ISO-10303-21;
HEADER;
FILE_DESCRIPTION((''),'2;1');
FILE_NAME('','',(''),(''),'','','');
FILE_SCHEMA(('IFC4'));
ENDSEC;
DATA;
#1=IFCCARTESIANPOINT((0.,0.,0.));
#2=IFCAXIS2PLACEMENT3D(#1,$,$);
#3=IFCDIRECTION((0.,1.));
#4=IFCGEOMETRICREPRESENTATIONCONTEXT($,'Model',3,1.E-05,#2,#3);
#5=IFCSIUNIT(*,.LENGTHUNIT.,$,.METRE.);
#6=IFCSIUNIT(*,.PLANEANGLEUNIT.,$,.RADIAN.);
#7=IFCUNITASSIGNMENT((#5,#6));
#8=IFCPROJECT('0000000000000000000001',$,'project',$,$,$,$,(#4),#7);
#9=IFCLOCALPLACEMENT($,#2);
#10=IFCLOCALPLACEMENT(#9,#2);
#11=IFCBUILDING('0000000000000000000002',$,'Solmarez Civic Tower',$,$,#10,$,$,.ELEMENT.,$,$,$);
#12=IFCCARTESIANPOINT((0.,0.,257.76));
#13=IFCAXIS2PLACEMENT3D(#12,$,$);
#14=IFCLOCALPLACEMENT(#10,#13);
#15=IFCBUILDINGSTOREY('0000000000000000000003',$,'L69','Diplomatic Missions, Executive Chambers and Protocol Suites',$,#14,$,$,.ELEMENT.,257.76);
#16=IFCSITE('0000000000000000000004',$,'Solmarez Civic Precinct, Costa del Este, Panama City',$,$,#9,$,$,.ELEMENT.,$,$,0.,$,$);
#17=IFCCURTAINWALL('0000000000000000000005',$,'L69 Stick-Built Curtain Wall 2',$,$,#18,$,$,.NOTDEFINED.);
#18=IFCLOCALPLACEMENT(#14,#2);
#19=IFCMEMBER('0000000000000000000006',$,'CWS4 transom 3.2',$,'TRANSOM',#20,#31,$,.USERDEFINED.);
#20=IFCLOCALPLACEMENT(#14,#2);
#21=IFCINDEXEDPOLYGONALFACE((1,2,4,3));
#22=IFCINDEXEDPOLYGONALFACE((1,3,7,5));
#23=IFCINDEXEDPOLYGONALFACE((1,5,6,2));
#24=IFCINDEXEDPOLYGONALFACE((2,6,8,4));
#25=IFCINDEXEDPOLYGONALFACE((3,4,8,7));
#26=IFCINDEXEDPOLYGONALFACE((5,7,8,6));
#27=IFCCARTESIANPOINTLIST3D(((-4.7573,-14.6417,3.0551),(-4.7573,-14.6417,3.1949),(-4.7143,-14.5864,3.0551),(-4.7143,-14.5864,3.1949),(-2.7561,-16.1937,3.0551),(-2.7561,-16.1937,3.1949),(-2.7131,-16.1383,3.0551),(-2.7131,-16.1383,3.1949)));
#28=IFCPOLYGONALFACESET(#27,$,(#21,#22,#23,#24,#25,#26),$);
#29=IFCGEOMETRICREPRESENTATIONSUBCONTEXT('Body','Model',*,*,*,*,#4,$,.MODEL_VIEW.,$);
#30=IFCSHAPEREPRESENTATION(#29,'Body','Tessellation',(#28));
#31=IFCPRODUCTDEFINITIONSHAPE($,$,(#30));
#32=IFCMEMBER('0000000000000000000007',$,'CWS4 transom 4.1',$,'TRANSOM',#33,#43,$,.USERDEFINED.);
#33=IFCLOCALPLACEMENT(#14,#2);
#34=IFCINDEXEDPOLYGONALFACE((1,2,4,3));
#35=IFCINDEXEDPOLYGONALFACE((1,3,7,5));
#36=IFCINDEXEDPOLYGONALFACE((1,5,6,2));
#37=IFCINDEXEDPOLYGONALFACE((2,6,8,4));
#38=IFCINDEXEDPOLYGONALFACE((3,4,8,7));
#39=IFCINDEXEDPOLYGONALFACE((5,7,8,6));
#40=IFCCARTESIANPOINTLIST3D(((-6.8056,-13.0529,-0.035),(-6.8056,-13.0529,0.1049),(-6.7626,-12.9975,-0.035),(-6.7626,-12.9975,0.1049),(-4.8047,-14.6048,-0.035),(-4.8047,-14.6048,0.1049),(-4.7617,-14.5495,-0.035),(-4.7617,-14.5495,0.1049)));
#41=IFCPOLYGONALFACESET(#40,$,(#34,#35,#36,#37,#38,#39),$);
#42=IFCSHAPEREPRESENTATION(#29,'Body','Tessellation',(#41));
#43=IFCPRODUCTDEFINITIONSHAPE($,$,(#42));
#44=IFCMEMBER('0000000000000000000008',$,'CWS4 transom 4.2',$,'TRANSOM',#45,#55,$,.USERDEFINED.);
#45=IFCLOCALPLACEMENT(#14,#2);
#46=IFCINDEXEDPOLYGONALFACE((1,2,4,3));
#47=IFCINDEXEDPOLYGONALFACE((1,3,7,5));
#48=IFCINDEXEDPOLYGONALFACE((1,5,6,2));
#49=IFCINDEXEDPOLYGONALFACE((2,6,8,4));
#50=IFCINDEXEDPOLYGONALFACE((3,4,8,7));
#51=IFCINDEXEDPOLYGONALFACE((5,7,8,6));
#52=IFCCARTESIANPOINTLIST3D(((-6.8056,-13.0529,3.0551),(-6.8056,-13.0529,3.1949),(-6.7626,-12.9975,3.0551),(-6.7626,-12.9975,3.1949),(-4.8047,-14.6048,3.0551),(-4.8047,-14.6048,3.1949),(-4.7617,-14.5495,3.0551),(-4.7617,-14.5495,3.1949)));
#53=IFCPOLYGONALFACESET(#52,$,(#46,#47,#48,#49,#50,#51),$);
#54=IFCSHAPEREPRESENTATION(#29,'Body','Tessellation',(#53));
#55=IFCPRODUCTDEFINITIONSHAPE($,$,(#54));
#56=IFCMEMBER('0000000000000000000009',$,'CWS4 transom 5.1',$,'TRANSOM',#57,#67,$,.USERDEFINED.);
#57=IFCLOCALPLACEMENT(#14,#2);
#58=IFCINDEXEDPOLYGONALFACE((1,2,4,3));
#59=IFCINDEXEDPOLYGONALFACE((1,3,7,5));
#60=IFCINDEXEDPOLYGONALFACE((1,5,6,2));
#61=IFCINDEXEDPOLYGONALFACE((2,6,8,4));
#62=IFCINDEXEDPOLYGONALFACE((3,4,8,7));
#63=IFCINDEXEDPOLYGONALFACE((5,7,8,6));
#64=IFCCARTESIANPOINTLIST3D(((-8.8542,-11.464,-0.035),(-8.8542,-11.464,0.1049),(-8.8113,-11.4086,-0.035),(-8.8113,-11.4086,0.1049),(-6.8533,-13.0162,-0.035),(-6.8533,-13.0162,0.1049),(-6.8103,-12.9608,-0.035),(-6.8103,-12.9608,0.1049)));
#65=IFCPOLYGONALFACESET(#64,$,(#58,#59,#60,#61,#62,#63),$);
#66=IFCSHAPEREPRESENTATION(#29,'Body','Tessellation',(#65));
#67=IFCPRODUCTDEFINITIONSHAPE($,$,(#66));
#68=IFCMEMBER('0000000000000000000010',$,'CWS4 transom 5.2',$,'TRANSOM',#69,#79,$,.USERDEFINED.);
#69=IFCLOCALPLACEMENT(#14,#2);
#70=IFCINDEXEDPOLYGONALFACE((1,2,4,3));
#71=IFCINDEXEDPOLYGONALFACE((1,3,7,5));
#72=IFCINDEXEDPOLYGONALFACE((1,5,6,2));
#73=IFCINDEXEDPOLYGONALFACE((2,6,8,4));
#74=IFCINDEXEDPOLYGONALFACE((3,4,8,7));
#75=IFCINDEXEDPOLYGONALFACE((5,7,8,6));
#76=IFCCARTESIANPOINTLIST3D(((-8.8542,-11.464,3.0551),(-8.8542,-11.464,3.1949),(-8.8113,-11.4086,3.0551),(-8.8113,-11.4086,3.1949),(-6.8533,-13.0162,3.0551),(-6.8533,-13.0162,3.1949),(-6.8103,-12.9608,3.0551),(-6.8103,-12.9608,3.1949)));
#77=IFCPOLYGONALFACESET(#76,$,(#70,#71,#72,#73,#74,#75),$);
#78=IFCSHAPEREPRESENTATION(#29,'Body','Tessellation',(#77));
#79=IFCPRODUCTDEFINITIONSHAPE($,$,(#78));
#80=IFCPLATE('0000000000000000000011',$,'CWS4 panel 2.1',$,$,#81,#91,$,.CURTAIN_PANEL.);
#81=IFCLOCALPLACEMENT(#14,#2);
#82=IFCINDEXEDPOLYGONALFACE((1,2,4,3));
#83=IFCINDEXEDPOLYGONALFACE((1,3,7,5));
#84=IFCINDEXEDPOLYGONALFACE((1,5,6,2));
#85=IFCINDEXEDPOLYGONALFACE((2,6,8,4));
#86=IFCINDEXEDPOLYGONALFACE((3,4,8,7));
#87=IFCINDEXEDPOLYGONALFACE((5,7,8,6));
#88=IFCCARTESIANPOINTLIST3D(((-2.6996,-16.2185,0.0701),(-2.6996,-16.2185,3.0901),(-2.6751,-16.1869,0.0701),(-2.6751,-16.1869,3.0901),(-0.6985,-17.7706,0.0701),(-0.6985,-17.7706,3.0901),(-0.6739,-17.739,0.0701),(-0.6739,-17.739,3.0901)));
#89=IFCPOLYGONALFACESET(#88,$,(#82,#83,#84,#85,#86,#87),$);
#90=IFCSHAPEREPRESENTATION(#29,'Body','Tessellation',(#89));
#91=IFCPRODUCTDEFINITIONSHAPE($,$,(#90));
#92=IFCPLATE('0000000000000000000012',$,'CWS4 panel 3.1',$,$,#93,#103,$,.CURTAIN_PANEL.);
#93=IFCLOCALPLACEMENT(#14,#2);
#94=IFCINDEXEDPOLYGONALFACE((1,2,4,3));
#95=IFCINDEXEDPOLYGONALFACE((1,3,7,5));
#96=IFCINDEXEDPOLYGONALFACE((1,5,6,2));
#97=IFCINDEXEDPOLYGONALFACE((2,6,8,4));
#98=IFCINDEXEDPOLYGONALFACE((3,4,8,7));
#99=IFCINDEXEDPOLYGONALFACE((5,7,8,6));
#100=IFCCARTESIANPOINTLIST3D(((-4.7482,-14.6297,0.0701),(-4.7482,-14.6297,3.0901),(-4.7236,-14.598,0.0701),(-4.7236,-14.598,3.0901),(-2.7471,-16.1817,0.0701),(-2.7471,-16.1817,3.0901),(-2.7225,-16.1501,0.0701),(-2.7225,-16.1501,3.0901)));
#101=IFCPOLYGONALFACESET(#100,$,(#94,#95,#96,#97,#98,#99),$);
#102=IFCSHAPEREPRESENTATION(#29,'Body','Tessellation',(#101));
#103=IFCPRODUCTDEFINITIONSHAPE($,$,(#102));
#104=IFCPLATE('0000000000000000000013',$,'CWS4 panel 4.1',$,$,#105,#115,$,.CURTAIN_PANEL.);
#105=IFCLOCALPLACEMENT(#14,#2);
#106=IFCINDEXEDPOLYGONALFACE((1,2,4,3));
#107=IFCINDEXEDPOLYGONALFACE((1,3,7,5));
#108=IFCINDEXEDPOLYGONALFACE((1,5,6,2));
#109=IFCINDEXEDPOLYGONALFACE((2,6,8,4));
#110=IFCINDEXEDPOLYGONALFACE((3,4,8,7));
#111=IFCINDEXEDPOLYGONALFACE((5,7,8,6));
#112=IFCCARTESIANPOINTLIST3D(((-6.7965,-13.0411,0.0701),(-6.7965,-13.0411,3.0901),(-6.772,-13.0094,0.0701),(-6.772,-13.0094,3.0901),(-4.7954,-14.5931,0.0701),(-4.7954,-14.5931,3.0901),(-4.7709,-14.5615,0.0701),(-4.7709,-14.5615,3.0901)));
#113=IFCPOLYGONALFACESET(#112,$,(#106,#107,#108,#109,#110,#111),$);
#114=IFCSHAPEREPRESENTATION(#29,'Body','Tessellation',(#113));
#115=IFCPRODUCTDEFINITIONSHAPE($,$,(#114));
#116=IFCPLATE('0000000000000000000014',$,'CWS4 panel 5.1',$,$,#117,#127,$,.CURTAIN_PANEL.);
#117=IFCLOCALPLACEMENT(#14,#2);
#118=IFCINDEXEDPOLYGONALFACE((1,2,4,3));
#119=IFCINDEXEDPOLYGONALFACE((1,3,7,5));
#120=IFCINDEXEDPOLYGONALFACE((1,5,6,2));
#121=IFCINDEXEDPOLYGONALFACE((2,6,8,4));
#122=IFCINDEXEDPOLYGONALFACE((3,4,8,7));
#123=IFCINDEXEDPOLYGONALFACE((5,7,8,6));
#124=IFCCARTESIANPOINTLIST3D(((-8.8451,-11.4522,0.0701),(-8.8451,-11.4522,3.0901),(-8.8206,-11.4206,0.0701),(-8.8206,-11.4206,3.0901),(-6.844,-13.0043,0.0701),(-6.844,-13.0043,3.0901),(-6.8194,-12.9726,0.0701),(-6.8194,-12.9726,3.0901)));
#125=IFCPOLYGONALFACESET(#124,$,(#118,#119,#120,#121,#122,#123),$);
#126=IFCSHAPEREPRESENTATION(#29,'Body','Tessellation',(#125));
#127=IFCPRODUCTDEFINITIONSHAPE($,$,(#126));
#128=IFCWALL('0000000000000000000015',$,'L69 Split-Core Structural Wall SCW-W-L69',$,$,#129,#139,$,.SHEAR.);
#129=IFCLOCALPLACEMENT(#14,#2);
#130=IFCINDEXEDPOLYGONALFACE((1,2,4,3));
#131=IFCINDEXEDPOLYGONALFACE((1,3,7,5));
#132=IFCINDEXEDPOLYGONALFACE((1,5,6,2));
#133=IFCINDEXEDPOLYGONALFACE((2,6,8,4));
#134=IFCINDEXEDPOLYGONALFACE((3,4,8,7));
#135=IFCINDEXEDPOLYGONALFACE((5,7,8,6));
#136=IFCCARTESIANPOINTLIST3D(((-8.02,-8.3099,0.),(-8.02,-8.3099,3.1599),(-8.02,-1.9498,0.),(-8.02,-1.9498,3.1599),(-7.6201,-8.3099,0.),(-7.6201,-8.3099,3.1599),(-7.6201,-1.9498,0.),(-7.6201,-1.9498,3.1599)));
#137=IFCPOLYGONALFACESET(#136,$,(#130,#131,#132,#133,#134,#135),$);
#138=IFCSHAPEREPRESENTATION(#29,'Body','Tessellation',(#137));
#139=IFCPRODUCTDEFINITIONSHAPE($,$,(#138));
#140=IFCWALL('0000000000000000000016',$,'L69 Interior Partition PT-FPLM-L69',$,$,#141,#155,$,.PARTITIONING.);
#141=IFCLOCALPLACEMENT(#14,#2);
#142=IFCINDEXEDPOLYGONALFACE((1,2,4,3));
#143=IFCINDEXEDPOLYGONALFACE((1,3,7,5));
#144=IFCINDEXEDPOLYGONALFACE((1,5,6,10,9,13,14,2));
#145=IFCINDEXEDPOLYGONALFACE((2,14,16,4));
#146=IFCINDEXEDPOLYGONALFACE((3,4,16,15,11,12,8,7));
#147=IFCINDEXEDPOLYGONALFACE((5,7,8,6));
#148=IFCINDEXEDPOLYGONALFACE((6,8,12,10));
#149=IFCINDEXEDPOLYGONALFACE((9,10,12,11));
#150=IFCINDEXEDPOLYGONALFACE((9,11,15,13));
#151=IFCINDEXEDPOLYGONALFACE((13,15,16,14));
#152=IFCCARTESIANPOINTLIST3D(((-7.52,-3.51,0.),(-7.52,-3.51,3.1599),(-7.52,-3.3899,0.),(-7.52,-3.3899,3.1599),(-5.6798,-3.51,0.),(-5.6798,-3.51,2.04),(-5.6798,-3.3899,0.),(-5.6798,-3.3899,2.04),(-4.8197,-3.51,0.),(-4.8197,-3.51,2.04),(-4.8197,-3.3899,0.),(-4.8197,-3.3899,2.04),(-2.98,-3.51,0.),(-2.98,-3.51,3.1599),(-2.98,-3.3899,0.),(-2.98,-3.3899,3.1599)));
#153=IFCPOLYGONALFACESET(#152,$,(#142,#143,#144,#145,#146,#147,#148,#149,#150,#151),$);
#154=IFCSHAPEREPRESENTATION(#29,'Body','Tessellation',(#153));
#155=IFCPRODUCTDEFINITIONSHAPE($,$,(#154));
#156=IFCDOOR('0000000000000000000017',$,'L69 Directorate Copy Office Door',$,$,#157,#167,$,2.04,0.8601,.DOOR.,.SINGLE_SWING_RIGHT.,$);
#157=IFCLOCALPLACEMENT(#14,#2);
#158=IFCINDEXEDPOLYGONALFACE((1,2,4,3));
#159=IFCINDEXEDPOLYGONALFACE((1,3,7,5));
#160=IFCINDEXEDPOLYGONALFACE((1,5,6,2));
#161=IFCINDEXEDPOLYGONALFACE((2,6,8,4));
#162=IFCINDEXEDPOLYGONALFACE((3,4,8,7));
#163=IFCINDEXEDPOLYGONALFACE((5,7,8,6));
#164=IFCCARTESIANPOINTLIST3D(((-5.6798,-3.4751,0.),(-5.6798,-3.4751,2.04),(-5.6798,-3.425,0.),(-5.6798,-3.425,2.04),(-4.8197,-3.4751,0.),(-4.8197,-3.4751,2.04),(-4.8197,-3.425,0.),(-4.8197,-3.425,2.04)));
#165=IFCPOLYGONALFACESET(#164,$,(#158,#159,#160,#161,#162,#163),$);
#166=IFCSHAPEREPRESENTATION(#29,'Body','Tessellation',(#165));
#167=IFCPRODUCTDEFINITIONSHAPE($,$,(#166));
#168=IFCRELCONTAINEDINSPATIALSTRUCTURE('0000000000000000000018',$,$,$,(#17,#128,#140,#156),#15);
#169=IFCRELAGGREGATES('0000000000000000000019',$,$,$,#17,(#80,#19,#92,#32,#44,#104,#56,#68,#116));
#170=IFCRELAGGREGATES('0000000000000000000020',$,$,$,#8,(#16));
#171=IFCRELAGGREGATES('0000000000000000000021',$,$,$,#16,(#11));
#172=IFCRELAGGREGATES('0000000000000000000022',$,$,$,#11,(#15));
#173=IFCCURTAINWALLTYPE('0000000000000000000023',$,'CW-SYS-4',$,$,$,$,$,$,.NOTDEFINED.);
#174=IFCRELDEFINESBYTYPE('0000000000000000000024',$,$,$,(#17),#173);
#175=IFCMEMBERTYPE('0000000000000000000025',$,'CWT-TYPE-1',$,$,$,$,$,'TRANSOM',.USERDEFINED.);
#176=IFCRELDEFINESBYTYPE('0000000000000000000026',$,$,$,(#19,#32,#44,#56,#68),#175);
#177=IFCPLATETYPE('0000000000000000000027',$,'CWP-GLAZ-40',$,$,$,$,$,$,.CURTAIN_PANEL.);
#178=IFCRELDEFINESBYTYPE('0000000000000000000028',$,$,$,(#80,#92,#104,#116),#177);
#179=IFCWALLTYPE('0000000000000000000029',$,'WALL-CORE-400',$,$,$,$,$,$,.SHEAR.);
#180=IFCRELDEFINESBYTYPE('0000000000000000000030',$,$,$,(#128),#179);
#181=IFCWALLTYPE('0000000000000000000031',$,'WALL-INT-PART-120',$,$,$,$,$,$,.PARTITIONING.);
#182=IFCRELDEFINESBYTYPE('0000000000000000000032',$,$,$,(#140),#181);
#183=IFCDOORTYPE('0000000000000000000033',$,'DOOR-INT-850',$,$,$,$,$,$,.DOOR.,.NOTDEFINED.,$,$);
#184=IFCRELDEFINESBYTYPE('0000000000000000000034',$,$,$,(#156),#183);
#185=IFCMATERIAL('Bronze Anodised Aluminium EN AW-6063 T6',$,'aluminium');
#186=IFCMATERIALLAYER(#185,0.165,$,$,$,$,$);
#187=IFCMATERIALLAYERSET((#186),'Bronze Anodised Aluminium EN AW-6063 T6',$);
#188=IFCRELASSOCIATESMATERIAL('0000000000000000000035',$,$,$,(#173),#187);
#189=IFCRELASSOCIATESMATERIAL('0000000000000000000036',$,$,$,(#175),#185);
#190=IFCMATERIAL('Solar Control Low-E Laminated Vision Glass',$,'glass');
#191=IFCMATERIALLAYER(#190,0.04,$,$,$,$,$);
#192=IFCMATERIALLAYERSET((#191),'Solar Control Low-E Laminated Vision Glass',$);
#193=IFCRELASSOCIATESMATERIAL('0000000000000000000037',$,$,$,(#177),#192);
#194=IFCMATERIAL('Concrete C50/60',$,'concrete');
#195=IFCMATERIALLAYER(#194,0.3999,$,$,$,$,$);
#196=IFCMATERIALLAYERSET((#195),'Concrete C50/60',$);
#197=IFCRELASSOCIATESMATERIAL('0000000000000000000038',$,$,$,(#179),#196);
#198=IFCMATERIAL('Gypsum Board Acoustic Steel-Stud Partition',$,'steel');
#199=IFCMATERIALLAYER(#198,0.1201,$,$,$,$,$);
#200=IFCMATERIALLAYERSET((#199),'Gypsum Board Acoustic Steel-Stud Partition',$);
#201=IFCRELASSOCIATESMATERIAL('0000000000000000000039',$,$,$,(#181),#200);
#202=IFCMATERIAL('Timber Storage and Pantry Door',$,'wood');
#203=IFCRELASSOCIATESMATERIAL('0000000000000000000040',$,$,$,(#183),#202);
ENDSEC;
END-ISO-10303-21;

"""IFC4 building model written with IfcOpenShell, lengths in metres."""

from ifc_helpers import new_model, si_unit, direction, frame, frame_2d, origin, origin_2d, place, context, subcontext, project, spatial, rectangle, extrude, material, layer, layer_set, material_profile, profile_set, type_object, element, fill, aggregate, save


model = new_model("IFC4")

# Units and contexts
model_context = context("Model", 3, precision=1e-05, world=origin(), true_north=direction((0.0, 1.0)))
body_context = subcontext(model_context, "Body", "Model", "MODEL_VIEW")
ifc_project = project(units=[si_unit("LENGTHUNIT", "METRE"), si_unit("PLANEANGLEUNIT", "RADIAN")], contexts=[model_context])

# Site, building, storey
site_placement = place(None, origin())
site = spatial("IfcSite", under=ifc_project, at=site_placement, Name="Solmarez Civic Precinct, Costa del Este, Panama City", CompositionType="ELEMENT", RefElevation=0.0)
building_placement = place(site_placement, origin())
building = spatial("IfcBuilding", under=site, at=building_placement, Name="Solmarez Civic Tower", CompositionType="ELEMENT")
storey_placement = place(building_placement, frame((0.0, 0.0, 257.76)))
storey = spatial("IfcBuildingStorey", under=building, at=storey_placement, Name="L69", Description="Diplomatic Missions, Executive Chambers and Protocol Suites", CompositionType="ELEMENT", Elevation=257.76)

# Shared definitions
ifc_material_1 = material(Name="Concrete C50/60", Category="concrete")

# Curtain wall, members, plates
ifc_material_2 = material(Name="Bronze Anodised Aluminium EN AW-6063 T6", Category="aluminium")
ifc_layer_1 = layer(ifc_material_2, 0.165)
ifc_layer_set_1 = layer_set([ifc_layer_1], Name="Bronze Anodised Aluminium EN AW-6063 T6")
curtain_wall_type = type_object("IfcCurtainWallType", Name="CW-SYS-4", PredefinedType="NOTDEFINED", material=ifc_layer_set_1)
curtain_wall_placement = place(storey_placement, origin())
curtain_wall = element("IfcCurtainWall", 1, at=curtain_wall_placement, inside=storey, type_object=curtain_wall_type, Name="L69 Stick-Built Curtain Wall 2", PredefinedType="NOTDEFINED")
ifc_material_profile_1 = material_profile(ifc_material_2, rectangle(XDim=0.0701, YDim=0.1399, at=origin_2d()), Name="CWT-70X140")
ifc_profile_set_1 = profile_set([ifc_material_profile_1], Name="Bronze Anodised Aluminium EN AW-6063 T6")
member_type_1 = type_object("IfcMemberType", Name="CWT-TYPE-1", ElementType="TRANSOM", PredefinedType="USERDEFINED", material=ifc_profile_set_1)
member_1_placement = place(storey_placement, frame((-2.7346, -16.166, 3.125), z_axis=(-0.790213, 0.612832, 0.0), x_axis=(-0.612832, -0.790213, 0.0)))
member_1 = element("IfcMember", 2, at=member_1_placement, type_object=member_type_1, Name="CWS4 transom 3.2", ObjectType="TRANSOM", PredefinedType="USERDEFINED", context=body_context, shape_type="SweptSolid", body=[
    extrude(rectangle(XDim=0.0701, YDim=0.1399, at=origin_2d()), origin(), (0.0, 0.0, 1.0), 2.5325),
])
member_2_placement = place(storey_placement, frame((-4.7832, -14.5771, 0.0349), z_axis=(-0.790177, 0.612879, 0.0), x_axis=(-0.612879, -0.790177, 0.0)))
member_2 = element("IfcMember", 3, at=member_2_placement, type_object=member_type_1, Name="CWS4 transom 4.1", ObjectType="TRANSOM", PredefinedType="USERDEFINED", context=body_context, shape_type="SweptSolid", body=[
    extrude(rectangle(XDim=0.0701, YDim=0.1399, at=origin_2d()), origin(), (0.0, 0.0, 1.0), 2.5322),
])
member_3_placement = place(storey_placement, frame((-4.7832, -14.5771, 3.125), z_axis=(-0.790177, 0.612879, 0.0), x_axis=(-0.612879, -0.790177, 0.0)))
member_3 = element("IfcMember", 4, at=member_3_placement, type_object=member_type_1, Name="CWS4 transom 4.2", ObjectType="TRANSOM", PredefinedType="USERDEFINED", context=body_context, shape_type="SweptSolid", body=[
    extrude(rectangle(XDim=0.0701, YDim=0.1399, at=origin_2d()), origin(), (0.0, 0.0, 1.0), 2.5322),
])
member_4_placement = place(storey_placement, frame((-6.8318, -12.9885, 0.0349), z_axis=(-0.79013, 0.612939, 0.0), x_axis=(-0.612939, -0.79013, 0.0)))
member_4 = element("IfcMember", 5, at=member_4_placement, type_object=member_type_1, Name="CWS4 transom 5.1", ObjectType="TRANSOM", PredefinedType="USERDEFINED", context=body_context, shape_type="SweptSolid", body=[
    extrude(rectangle(XDim=0.0701, YDim=0.1399, at=origin_2d()), origin(), (0.0, 0.0, 1.0), 2.5325),
])
member_5_placement = place(storey_placement, frame((-6.8318, -12.9885, 3.125), z_axis=(-0.79013, 0.612939, 0.0), x_axis=(-0.612939, -0.79013, 0.0)))
member_5 = element("IfcMember", 6, at=member_5_placement, type_object=member_type_1, Name="CWS4 transom 5.2", ObjectType="TRANSOM", PredefinedType="USERDEFINED", context=body_context, shape_type="SweptSolid", body=[
    extrude(rectangle(XDim=0.0701, YDim=0.1399, at=origin_2d()), origin(), (0.0, 0.0, 1.0), 2.5325),
])
ifc_material_3 = material(Name="Solar Control Low-E Laminated Vision Glass", Category="glass")
ifc_layer_2 = layer(ifc_material_3, 0.04)
ifc_layer_set_2 = layer_set([ifc_layer_2], Name="Solar Control Low-E Laminated Vision Glass")
plate_type = type_object("IfcPlateType", Name="CWP-GLAZ-40", PredefinedType="CURTAIN_PANEL", material=ifc_layer_set_2)
plate_1_placement = place(storey_placement, frame((-1.6868, -16.9788, 0.0701), z_axis=(0.0, 0.0, 1.0), x_axis=(-0.790189, 0.612864, 0.0)))
plate_1 = element("IfcPlate", 7, at=plate_1_placement, type_object=plate_type, Name="CWS4 panel 2.1", PredefinedType="CURTAIN_PANEL", context=body_context, shape_type="SweptSolid", body=[
    extrude(rectangle(XDim=2.5325, YDim=0.04, at=origin_2d()), origin(), (0.0, 0.0, 1.0), 3.02),
])
plate_2_placement = place(storey_placement, frame((-3.7354, -15.3899, 0.0701), z_axis=(0.0, 0.0, 1.0), x_axis=(-0.790189, 0.612864, 0.0)))
plate_2 = element("IfcPlate", 8, at=plate_2_placement, type_object=plate_type, Name="CWS4 panel 3.1", PredefinedType="CURTAIN_PANEL", context=body_context, shape_type="SweptSolid", body=[
    extrude(rectangle(XDim=2.5325, YDim=0.04, at=origin_2d()), origin(), (0.0, 0.0, 1.0), 3.02),
])
plate_3_placement = place(storey_placement, frame((-5.7837, -13.8013, 0.0701), z_axis=(0.0, 0.0, 1.0), x_axis=(-0.790189, 0.612864, 0.0)))
plate_3 = element("IfcPlate", 9, at=plate_3_placement, type_object=plate_type, Name="CWS4 panel 4.1", PredefinedType="CURTAIN_PANEL", context=body_context, shape_type="SweptSolid", body=[
    extrude(rectangle(XDim=2.5325, YDim=0.04, at=origin_2d()), origin(), (0.0, 0.0, 1.0), 3.02),
])
plate_4_placement = place(storey_placement, frame((-7.8323, -12.2124, 0.0701), z_axis=(0.0, 0.0, 1.0), x_axis=(-0.790189, 0.612864, 0.0)))
plate_4 = element("IfcPlate", 10, at=plate_4_placement, type_object=plate_type, Name="CWS4 panel 5.1", PredefinedType="CURTAIN_PANEL", context=body_context, shape_type="SweptSolid", body=[
    extrude(rectangle(XDim=2.5325, YDim=0.04, at=origin_2d()), origin(), (0.0, 0.0, 1.0), 3.02),
])
aggregate(curtain_wall, [plate_1, member_1, plate_2, member_2, member_3, plate_3, member_4, member_5, plate_4])

# Wall
ifc_layer_3 = layer(ifc_material_1, 0.3999)
ifc_layer_set_3 = layer_set([ifc_layer_3], Name="Concrete C50/60")
wall_type_1 = type_object("IfcWallType", Name="WALL-CORE-400", PredefinedType="SHEAR", material=ifc_layer_set_3)
wall_1_placement = place(storey_placement, frame((-7.8201, -8.3101, 0.0), z_axis=(0.0, 0.0, 1.0), x_axis=(0.0, 1.0, 0.0)))
element("IfcWall", 11, at=wall_1_placement, inside=storey, type_object=wall_type_1, Name="L69 Split-Core Structural Wall SCW-W-L69", PredefinedType="SHEAR", context=body_context, shape_type="SweptSolid", body=[
    extrude(rectangle(XDim=6.3601, YDim=0.3999, at=frame_2d((3.1802, 0.0))), origin(), (0.0, 0.0, 1.0), 3.1599),
])

# Wall, opening, door
ifc_material_4 = material(Name="Gypsum Board Acoustic Steel-Stud Partition", Category="steel")
ifc_layer_4 = layer(ifc_material_4, 0.1201)
ifc_layer_set_4 = layer_set([ifc_layer_4], Name="Gypsum Board Acoustic Steel-Stud Partition")
wall_type_2 = type_object("IfcWallType", Name="WALL-INT-PART-120", PredefinedType="PARTITIONING", material=ifc_layer_set_4)
wall_2_placement = place(storey_placement, frame((-7.52, -3.45, 0.0), z_axis=(0.0, 0.0, 1.0), x_axis=(1.0, 0.0, 0.0)))
wall_2 = element("IfcWall", 12, at=wall_2_placement, inside=storey, type_object=wall_type_2, Name="L69 Interior Partition PT-FPLM-L69", PredefinedType="PARTITIONING", context=body_context, shape_type="SweptSolid", body=[
    extrude(rectangle(XDim=4.54, YDim=0.1201, at=frame_2d((2.27, 0.0))), origin(), (0.0, 0.0, 1.0), 3.1599),
])
opening_1_placement = place(wall_2_placement, frame((1.8401, 0.0, 0.0)))
opening_1 = element("IfcOpeningElement", 13, at=opening_1_placement, cuts=wall_2, PredefinedType="OPENING", context=body_context, shape_type="SweptSolid", body=[
    extrude(rectangle(XDim=0.8601, YDim=2.04, at=frame_2d((0.4302, 1.02))), frame((0.0, 0.0701, 0.0), z_axis=(0.0, -1.0, 0.0), x_axis=(1.0, 0.0, 0.0)), (0.0, 0.0, 1.0), 0.1401),
])
ifc_material_5 = material(Name="Timber Storage and Pantry Door", Category="wood")
door_type_1 = type_object("IfcDoorType", Name="DOOR-INT-850", OperationType="NOTDEFINED", PredefinedType="DOOR", material=ifc_material_5)
door_1_placement = place(opening_1_placement, origin())
door_1 = element("IfcDoor", 14, at=door_1_placement, inside=storey, type_object=door_type_1, Name="L69 Directorate Copy Office Door", OperationType="SINGLE_SWING_RIGHT", OverallHeight=2.04, OverallWidth=0.8601, PredefinedType="DOOR", context=body_context, shape_type="SweptSolid", body=[
    extrude(rectangle(XDim=0.8601, YDim=2.04, at=frame_2d((0.4302, 1.02))), frame((0.0, 0.0249, 0.0), z_axis=(0.0, -1.0, 0.0), x_axis=(1.0, 0.0, 0.0)), (0.0, 0.0, 1.0), 0.05),
])
fill(opening_1, door_1)

save(model, "model.ifc")
